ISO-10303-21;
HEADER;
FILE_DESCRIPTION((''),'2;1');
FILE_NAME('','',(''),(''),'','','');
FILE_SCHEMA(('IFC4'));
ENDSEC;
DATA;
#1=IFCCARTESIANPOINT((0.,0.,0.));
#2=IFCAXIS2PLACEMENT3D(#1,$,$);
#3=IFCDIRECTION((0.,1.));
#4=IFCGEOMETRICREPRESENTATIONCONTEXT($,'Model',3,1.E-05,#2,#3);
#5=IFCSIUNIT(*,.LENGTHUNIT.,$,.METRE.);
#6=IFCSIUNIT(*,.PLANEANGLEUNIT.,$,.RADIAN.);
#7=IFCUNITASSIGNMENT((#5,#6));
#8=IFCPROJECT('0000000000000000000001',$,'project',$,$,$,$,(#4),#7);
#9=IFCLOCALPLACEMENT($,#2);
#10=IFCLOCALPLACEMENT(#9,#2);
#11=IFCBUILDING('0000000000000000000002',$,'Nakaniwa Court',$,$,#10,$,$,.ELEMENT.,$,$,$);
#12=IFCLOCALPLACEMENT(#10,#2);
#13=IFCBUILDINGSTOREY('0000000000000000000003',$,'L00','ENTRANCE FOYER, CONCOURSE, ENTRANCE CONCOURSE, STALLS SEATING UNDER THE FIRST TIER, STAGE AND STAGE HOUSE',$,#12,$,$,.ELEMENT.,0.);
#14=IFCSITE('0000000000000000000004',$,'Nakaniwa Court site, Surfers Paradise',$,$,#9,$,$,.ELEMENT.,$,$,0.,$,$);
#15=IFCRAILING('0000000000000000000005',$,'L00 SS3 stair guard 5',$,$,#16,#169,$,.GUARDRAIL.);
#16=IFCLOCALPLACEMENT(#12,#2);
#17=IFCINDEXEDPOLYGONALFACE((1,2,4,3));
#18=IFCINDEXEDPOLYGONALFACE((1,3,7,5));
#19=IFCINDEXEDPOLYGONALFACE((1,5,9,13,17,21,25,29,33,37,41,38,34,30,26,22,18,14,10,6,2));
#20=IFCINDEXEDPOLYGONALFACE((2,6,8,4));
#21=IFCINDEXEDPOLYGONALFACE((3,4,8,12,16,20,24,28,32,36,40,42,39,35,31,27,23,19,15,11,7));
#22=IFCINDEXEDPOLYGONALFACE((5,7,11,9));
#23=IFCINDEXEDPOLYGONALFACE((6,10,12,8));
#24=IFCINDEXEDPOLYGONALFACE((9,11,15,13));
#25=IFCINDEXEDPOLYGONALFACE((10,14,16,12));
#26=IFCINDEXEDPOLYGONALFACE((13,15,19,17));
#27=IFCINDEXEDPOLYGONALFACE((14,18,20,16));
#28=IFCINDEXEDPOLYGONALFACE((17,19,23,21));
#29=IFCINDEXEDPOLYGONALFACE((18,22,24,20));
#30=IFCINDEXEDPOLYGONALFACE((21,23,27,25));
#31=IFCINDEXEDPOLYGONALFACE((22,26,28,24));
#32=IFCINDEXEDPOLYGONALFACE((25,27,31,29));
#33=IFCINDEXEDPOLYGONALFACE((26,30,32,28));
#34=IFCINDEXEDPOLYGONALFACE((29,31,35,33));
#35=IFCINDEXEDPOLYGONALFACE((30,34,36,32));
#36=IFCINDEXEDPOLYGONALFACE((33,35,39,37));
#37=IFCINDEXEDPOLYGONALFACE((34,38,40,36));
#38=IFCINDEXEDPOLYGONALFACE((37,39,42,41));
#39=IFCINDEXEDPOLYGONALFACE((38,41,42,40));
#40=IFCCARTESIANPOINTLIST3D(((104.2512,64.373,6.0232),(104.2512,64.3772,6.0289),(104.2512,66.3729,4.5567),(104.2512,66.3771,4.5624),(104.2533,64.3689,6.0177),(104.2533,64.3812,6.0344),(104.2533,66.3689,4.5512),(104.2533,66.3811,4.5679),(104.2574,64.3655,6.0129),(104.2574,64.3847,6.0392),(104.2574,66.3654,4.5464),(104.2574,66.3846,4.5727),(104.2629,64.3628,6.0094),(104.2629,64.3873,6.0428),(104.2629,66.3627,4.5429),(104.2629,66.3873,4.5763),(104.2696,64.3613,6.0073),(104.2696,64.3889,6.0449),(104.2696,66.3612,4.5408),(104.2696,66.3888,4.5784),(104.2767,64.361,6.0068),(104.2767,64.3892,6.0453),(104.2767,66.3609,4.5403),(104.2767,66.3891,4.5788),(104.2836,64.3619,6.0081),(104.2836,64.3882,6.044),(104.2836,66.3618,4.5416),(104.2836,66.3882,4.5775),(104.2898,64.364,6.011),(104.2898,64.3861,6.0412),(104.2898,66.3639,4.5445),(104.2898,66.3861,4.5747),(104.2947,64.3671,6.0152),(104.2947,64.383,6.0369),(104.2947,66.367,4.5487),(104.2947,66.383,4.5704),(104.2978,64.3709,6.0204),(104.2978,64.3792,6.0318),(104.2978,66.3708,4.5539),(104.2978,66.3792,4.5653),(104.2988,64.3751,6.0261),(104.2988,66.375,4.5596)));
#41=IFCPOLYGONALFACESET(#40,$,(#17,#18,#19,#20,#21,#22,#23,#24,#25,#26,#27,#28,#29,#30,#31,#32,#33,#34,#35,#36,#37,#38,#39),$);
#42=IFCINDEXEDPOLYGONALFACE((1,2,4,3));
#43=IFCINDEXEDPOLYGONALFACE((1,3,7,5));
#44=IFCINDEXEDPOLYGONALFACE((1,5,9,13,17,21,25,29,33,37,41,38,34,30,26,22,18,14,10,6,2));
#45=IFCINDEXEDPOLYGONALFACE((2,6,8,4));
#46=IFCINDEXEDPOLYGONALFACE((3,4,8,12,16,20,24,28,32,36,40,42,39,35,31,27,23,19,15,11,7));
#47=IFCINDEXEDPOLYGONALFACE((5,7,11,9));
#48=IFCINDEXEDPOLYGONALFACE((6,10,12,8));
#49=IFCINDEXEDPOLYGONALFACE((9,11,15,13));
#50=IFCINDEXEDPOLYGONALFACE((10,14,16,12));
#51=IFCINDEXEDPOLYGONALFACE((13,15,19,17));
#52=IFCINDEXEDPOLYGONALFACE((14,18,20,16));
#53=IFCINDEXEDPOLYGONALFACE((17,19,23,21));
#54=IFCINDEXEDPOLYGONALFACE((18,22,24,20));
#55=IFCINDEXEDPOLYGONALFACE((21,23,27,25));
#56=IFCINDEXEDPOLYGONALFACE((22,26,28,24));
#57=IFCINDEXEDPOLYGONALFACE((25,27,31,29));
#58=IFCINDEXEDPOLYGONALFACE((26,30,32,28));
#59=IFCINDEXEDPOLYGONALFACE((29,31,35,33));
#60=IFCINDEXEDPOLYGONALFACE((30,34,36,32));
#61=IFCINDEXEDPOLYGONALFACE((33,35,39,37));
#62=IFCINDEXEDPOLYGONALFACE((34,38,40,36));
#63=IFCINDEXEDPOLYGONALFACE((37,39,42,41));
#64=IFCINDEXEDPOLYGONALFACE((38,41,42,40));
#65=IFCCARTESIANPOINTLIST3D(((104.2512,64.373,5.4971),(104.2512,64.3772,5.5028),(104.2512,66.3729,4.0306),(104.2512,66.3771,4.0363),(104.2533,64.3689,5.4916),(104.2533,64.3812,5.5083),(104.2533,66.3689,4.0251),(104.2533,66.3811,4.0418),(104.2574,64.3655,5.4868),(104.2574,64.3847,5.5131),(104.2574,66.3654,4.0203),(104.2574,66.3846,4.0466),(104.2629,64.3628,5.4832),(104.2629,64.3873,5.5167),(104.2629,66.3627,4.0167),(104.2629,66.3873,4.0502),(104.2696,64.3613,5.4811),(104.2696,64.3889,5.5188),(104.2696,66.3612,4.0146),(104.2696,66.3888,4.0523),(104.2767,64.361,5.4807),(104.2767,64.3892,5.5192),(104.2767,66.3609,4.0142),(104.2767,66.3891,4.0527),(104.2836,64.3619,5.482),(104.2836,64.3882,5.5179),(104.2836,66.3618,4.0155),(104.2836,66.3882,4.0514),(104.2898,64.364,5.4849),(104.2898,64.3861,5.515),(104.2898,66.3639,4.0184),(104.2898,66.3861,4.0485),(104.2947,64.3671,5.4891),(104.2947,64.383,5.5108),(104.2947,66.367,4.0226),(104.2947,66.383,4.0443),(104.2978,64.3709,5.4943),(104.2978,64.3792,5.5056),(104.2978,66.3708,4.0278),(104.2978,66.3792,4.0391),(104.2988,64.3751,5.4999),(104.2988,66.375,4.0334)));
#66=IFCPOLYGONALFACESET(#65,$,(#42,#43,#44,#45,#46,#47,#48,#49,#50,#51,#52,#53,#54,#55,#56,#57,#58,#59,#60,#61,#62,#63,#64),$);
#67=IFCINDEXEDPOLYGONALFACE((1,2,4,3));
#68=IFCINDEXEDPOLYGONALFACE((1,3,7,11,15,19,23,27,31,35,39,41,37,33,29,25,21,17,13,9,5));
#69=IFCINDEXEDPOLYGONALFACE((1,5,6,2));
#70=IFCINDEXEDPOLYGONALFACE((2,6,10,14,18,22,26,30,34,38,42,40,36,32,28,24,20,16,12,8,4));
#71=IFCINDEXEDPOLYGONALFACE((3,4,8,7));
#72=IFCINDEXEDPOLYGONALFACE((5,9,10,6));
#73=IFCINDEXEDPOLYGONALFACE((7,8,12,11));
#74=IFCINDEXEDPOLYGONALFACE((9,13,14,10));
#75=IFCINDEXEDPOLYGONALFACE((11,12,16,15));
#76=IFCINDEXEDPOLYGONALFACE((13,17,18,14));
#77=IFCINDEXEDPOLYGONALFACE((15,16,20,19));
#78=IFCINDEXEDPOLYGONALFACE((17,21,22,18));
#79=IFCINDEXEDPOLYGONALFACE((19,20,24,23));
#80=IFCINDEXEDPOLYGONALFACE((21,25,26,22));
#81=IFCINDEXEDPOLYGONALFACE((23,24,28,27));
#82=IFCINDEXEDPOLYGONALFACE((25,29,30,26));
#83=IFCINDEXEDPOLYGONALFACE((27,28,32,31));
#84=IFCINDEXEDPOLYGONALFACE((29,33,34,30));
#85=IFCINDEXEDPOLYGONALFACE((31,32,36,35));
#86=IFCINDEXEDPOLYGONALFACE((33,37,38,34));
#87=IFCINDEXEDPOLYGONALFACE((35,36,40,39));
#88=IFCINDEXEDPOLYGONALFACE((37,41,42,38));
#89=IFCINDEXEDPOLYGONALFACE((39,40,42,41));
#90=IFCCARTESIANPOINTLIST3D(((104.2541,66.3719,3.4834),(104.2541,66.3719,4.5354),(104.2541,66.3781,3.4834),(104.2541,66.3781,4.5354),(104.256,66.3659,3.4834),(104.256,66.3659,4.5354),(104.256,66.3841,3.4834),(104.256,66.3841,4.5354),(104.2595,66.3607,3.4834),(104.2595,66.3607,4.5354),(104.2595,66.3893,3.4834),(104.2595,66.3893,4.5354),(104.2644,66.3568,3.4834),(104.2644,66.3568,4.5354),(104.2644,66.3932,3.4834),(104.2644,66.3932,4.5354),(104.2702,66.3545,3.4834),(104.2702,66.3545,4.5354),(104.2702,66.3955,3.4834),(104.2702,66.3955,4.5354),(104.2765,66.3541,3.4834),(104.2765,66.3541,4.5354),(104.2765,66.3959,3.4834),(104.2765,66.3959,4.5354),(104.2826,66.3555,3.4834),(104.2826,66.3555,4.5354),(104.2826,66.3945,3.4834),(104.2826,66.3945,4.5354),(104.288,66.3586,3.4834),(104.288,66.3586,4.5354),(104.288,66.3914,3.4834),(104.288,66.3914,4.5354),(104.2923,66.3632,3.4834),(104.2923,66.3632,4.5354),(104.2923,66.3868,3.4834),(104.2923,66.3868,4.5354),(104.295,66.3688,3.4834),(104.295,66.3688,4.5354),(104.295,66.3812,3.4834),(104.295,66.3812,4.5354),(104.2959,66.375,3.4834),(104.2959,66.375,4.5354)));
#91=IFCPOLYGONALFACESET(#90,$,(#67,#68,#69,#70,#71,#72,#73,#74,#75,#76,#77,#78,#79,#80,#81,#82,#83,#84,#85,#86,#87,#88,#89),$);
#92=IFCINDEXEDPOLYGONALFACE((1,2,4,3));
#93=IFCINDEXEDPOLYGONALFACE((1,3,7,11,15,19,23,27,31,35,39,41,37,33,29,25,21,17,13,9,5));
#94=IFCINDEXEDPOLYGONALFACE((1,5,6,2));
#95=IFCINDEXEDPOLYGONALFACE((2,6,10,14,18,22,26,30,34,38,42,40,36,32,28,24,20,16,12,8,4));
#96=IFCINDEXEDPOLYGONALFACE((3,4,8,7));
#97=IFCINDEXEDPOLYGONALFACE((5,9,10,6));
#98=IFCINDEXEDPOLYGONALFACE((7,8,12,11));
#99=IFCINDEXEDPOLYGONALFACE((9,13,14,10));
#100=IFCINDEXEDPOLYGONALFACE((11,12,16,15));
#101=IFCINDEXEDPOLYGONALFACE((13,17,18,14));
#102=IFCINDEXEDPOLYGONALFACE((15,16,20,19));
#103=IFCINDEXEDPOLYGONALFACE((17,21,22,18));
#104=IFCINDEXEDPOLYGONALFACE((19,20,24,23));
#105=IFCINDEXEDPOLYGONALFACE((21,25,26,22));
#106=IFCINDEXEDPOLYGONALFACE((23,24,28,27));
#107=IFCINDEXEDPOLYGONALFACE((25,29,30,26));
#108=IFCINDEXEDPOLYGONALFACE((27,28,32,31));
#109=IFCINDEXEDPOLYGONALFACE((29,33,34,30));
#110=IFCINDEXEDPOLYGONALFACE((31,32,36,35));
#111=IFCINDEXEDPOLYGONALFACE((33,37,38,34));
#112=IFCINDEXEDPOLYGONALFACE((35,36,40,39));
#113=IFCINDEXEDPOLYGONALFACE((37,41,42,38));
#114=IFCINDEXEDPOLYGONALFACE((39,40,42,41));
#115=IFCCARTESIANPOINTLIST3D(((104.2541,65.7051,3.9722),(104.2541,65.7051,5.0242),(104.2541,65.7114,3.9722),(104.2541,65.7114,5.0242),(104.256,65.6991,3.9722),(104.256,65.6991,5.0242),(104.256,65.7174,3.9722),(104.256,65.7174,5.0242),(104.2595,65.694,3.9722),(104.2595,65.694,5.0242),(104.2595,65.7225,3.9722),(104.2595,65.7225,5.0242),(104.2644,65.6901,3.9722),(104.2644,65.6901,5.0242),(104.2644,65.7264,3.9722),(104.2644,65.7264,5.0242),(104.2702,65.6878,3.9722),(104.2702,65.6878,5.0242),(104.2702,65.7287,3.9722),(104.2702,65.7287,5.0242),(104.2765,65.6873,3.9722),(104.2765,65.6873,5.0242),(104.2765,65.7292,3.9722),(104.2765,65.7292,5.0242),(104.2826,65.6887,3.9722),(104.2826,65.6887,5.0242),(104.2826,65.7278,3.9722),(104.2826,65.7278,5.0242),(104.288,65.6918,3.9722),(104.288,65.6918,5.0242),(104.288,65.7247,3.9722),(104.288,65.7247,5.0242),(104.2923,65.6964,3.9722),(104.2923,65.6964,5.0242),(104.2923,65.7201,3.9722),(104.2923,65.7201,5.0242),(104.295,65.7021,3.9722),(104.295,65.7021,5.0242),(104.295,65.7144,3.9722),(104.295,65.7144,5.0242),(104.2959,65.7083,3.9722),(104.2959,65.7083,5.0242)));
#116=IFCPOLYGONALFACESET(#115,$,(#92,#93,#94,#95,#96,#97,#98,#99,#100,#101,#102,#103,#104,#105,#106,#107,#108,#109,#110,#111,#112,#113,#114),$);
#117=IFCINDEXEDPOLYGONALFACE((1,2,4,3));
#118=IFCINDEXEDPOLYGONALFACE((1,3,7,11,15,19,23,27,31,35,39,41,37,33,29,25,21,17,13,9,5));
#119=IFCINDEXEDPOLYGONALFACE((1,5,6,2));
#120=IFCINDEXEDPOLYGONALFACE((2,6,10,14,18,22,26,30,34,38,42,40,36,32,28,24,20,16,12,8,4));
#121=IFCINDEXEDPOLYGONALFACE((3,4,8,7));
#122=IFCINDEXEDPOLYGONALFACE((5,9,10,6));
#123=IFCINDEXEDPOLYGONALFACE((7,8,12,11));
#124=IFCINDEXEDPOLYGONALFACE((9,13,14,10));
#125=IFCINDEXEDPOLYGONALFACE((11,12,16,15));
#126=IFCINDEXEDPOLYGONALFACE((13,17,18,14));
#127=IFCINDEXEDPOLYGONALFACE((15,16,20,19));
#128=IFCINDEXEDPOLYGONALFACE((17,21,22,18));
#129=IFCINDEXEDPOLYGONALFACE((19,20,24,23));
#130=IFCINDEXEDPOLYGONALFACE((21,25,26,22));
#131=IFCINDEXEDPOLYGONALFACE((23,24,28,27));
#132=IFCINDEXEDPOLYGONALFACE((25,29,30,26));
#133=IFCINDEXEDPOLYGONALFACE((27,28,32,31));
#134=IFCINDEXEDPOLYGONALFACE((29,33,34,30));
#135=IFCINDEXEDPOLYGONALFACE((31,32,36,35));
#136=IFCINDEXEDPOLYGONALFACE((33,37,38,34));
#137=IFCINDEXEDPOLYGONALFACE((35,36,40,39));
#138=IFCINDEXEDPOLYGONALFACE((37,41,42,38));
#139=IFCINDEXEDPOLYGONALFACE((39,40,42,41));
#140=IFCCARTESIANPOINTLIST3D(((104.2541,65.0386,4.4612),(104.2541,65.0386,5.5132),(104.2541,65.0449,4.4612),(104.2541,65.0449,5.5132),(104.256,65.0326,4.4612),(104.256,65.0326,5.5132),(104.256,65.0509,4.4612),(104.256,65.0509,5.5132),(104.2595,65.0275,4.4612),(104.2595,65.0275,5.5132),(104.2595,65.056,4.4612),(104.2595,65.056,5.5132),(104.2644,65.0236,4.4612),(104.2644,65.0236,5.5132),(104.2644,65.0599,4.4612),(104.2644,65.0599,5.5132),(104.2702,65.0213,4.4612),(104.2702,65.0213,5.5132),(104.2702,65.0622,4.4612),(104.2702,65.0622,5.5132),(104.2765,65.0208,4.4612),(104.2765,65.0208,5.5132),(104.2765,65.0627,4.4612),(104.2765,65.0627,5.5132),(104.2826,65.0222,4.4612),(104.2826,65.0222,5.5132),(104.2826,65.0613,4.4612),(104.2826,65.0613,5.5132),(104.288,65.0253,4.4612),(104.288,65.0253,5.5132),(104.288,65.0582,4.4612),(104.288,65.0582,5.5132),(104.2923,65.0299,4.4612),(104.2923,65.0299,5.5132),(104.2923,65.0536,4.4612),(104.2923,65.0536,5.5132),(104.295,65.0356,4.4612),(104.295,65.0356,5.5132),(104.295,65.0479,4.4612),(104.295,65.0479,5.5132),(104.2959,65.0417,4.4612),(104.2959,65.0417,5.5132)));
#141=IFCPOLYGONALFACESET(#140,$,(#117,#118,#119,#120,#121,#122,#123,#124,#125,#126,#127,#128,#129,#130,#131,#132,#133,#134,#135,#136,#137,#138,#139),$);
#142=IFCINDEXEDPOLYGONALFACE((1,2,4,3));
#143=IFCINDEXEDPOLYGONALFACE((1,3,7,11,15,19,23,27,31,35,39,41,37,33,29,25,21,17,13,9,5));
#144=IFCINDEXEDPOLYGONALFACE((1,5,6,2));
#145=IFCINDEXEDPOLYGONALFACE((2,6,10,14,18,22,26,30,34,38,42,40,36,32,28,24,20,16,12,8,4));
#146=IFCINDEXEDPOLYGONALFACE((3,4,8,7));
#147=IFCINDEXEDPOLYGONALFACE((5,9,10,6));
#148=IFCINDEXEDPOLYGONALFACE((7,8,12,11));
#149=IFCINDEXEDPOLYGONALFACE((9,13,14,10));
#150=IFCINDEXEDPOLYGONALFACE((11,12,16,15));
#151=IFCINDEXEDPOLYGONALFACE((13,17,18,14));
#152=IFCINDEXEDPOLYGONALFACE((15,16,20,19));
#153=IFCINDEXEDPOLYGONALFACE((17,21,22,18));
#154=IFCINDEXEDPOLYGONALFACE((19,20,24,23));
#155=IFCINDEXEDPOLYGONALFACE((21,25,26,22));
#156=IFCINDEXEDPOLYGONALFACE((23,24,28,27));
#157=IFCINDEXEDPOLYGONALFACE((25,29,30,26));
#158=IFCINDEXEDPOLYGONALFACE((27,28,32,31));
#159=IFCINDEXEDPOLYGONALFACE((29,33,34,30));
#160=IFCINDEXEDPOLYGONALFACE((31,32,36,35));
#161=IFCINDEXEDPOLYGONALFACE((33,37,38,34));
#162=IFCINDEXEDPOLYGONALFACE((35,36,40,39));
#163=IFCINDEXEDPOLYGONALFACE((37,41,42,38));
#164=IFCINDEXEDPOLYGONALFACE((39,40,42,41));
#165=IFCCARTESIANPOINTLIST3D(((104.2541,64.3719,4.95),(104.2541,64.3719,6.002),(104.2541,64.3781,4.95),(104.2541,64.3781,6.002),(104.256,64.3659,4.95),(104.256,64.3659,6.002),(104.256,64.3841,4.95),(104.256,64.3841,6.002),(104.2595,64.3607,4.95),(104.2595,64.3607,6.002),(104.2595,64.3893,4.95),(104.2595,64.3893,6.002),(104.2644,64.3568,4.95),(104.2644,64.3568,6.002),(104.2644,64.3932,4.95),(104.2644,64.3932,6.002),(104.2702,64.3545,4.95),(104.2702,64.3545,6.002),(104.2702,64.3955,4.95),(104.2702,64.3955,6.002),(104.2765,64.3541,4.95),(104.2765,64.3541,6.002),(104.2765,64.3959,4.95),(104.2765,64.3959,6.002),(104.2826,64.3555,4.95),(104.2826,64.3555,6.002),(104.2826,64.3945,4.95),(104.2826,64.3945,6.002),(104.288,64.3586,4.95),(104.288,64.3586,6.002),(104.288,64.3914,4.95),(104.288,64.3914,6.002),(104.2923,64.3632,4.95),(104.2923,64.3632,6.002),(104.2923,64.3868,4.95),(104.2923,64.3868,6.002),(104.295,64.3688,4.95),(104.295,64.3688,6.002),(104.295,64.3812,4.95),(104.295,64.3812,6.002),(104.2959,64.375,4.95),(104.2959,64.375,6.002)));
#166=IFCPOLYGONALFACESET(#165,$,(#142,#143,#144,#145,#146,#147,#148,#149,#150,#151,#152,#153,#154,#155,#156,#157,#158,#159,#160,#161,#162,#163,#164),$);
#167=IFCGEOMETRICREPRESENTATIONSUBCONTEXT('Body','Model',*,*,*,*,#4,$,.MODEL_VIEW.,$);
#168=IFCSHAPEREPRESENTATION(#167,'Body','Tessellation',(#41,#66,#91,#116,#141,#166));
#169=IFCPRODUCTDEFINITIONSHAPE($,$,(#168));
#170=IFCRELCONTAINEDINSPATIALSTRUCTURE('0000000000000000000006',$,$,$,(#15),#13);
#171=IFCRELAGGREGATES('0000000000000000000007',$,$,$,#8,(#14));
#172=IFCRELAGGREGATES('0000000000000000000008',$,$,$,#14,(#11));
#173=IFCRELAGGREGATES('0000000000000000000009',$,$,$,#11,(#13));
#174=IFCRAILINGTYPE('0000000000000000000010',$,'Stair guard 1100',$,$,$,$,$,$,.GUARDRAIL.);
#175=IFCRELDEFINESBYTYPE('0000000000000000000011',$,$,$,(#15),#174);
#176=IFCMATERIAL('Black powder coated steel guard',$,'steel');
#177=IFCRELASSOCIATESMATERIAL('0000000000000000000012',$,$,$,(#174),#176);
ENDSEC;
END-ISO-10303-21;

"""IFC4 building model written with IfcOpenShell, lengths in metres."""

from ifc_helpers import new_model, si_unit, direction, frame, origin, origin_2d, place, context, subcontext, project, spatial, circle, extrude, material, type_object, element, save


model = new_model("IFC4")

# Units and contexts
model_context = context("Model", 3, precision=1e-05, world=origin(), true_north=direction((0.0, 1.0)))
body_context = subcontext(model_context, "Body", "Model", "MODEL_VIEW")
ifc_project = project(units=[si_unit("LENGTHUNIT", "METRE"), si_unit("PLANEANGLEUNIT", "RADIAN")], contexts=[model_context])

# Site, building, storey
site_placement = place(None, origin())
site = spatial("IfcSite", under=ifc_project, at=site_placement, Name="Nakaniwa Court site, Surfers Paradise", CompositionType="ELEMENT", RefElevation=0.0)
building_placement = place(site_placement, origin())
building = spatial("IfcBuilding", under=site, at=building_placement, Name="Nakaniwa Court", CompositionType="ELEMENT")
storey_placement = place(building_placement, origin())
storey = spatial("IfcBuildingStorey", under=building, at=storey_placement, Name="L00", Description="ENTRANCE FOYER, CONCOURSE, ENTRANCE CONCOURSE, STALLS SEATING UNDER THE FIRST TIER, STAGE AND STAGE HOUSE", CompositionType="ELEMENT", Elevation=0.0)

# Railing
ifc_material_1 = material(Name="Black powder coated steel guard", Category="steel")
railing_type_1 = type_object("IfcRailingType", Name="Stair guard 1100", PredefinedType="GUARDRAIL", material=ifc_material_1)
railing_1_placement = place(storey_placement, frame((104.2749, 66.375, 3.4834)))
element("IfcRailing", 1, at=railing_1_placement, inside=storey, type_object=railing_type_1, Name="L00 SS3 stair guard 5", PredefinedType="GUARDRAIL", context=body_context, shape_type="SweptSolid", body=[
    extrude(circle(Radius=0.0239, at=origin_2d()), frame((0.0, 0.0, 1.0762), z_axis=(0.0, -0.806427, 0.591334), x_axis=(1.0, 0.0, 0.0)), (0.0, 0.0, 1.0), 2.48),
    extrude(circle(Radius=0.0239, at=origin_2d()), frame((0.0, 0.0, 0.55), z_axis=(0.0, -0.806427, 0.591334), x_axis=(1.0, 0.0, 0.0)), (0.0, 0.0, 1.0), 2.48),
    extrude(circle(Radius=0.021, at=origin_2d()), origin(), (0.0, 0.0, 1.0), 1.052),
    extrude(circle(Radius=0.021, at=origin_2d()), frame((0.0, -0.6667, 0.4888)), (0.0, 0.0, 1.0), 1.052),
    extrude(circle(Radius=0.021, at=origin_2d()), frame((0.0, -1.3333, 0.9778)), (0.0, 0.0, 1.0), 1.052),
    extrude(circle(Radius=0.021, at=origin_2d()), frame((0.0, -2.0, 1.4666)), (0.0, 0.0, 1.0), 1.052),
])

save(model, "model.ifc")
